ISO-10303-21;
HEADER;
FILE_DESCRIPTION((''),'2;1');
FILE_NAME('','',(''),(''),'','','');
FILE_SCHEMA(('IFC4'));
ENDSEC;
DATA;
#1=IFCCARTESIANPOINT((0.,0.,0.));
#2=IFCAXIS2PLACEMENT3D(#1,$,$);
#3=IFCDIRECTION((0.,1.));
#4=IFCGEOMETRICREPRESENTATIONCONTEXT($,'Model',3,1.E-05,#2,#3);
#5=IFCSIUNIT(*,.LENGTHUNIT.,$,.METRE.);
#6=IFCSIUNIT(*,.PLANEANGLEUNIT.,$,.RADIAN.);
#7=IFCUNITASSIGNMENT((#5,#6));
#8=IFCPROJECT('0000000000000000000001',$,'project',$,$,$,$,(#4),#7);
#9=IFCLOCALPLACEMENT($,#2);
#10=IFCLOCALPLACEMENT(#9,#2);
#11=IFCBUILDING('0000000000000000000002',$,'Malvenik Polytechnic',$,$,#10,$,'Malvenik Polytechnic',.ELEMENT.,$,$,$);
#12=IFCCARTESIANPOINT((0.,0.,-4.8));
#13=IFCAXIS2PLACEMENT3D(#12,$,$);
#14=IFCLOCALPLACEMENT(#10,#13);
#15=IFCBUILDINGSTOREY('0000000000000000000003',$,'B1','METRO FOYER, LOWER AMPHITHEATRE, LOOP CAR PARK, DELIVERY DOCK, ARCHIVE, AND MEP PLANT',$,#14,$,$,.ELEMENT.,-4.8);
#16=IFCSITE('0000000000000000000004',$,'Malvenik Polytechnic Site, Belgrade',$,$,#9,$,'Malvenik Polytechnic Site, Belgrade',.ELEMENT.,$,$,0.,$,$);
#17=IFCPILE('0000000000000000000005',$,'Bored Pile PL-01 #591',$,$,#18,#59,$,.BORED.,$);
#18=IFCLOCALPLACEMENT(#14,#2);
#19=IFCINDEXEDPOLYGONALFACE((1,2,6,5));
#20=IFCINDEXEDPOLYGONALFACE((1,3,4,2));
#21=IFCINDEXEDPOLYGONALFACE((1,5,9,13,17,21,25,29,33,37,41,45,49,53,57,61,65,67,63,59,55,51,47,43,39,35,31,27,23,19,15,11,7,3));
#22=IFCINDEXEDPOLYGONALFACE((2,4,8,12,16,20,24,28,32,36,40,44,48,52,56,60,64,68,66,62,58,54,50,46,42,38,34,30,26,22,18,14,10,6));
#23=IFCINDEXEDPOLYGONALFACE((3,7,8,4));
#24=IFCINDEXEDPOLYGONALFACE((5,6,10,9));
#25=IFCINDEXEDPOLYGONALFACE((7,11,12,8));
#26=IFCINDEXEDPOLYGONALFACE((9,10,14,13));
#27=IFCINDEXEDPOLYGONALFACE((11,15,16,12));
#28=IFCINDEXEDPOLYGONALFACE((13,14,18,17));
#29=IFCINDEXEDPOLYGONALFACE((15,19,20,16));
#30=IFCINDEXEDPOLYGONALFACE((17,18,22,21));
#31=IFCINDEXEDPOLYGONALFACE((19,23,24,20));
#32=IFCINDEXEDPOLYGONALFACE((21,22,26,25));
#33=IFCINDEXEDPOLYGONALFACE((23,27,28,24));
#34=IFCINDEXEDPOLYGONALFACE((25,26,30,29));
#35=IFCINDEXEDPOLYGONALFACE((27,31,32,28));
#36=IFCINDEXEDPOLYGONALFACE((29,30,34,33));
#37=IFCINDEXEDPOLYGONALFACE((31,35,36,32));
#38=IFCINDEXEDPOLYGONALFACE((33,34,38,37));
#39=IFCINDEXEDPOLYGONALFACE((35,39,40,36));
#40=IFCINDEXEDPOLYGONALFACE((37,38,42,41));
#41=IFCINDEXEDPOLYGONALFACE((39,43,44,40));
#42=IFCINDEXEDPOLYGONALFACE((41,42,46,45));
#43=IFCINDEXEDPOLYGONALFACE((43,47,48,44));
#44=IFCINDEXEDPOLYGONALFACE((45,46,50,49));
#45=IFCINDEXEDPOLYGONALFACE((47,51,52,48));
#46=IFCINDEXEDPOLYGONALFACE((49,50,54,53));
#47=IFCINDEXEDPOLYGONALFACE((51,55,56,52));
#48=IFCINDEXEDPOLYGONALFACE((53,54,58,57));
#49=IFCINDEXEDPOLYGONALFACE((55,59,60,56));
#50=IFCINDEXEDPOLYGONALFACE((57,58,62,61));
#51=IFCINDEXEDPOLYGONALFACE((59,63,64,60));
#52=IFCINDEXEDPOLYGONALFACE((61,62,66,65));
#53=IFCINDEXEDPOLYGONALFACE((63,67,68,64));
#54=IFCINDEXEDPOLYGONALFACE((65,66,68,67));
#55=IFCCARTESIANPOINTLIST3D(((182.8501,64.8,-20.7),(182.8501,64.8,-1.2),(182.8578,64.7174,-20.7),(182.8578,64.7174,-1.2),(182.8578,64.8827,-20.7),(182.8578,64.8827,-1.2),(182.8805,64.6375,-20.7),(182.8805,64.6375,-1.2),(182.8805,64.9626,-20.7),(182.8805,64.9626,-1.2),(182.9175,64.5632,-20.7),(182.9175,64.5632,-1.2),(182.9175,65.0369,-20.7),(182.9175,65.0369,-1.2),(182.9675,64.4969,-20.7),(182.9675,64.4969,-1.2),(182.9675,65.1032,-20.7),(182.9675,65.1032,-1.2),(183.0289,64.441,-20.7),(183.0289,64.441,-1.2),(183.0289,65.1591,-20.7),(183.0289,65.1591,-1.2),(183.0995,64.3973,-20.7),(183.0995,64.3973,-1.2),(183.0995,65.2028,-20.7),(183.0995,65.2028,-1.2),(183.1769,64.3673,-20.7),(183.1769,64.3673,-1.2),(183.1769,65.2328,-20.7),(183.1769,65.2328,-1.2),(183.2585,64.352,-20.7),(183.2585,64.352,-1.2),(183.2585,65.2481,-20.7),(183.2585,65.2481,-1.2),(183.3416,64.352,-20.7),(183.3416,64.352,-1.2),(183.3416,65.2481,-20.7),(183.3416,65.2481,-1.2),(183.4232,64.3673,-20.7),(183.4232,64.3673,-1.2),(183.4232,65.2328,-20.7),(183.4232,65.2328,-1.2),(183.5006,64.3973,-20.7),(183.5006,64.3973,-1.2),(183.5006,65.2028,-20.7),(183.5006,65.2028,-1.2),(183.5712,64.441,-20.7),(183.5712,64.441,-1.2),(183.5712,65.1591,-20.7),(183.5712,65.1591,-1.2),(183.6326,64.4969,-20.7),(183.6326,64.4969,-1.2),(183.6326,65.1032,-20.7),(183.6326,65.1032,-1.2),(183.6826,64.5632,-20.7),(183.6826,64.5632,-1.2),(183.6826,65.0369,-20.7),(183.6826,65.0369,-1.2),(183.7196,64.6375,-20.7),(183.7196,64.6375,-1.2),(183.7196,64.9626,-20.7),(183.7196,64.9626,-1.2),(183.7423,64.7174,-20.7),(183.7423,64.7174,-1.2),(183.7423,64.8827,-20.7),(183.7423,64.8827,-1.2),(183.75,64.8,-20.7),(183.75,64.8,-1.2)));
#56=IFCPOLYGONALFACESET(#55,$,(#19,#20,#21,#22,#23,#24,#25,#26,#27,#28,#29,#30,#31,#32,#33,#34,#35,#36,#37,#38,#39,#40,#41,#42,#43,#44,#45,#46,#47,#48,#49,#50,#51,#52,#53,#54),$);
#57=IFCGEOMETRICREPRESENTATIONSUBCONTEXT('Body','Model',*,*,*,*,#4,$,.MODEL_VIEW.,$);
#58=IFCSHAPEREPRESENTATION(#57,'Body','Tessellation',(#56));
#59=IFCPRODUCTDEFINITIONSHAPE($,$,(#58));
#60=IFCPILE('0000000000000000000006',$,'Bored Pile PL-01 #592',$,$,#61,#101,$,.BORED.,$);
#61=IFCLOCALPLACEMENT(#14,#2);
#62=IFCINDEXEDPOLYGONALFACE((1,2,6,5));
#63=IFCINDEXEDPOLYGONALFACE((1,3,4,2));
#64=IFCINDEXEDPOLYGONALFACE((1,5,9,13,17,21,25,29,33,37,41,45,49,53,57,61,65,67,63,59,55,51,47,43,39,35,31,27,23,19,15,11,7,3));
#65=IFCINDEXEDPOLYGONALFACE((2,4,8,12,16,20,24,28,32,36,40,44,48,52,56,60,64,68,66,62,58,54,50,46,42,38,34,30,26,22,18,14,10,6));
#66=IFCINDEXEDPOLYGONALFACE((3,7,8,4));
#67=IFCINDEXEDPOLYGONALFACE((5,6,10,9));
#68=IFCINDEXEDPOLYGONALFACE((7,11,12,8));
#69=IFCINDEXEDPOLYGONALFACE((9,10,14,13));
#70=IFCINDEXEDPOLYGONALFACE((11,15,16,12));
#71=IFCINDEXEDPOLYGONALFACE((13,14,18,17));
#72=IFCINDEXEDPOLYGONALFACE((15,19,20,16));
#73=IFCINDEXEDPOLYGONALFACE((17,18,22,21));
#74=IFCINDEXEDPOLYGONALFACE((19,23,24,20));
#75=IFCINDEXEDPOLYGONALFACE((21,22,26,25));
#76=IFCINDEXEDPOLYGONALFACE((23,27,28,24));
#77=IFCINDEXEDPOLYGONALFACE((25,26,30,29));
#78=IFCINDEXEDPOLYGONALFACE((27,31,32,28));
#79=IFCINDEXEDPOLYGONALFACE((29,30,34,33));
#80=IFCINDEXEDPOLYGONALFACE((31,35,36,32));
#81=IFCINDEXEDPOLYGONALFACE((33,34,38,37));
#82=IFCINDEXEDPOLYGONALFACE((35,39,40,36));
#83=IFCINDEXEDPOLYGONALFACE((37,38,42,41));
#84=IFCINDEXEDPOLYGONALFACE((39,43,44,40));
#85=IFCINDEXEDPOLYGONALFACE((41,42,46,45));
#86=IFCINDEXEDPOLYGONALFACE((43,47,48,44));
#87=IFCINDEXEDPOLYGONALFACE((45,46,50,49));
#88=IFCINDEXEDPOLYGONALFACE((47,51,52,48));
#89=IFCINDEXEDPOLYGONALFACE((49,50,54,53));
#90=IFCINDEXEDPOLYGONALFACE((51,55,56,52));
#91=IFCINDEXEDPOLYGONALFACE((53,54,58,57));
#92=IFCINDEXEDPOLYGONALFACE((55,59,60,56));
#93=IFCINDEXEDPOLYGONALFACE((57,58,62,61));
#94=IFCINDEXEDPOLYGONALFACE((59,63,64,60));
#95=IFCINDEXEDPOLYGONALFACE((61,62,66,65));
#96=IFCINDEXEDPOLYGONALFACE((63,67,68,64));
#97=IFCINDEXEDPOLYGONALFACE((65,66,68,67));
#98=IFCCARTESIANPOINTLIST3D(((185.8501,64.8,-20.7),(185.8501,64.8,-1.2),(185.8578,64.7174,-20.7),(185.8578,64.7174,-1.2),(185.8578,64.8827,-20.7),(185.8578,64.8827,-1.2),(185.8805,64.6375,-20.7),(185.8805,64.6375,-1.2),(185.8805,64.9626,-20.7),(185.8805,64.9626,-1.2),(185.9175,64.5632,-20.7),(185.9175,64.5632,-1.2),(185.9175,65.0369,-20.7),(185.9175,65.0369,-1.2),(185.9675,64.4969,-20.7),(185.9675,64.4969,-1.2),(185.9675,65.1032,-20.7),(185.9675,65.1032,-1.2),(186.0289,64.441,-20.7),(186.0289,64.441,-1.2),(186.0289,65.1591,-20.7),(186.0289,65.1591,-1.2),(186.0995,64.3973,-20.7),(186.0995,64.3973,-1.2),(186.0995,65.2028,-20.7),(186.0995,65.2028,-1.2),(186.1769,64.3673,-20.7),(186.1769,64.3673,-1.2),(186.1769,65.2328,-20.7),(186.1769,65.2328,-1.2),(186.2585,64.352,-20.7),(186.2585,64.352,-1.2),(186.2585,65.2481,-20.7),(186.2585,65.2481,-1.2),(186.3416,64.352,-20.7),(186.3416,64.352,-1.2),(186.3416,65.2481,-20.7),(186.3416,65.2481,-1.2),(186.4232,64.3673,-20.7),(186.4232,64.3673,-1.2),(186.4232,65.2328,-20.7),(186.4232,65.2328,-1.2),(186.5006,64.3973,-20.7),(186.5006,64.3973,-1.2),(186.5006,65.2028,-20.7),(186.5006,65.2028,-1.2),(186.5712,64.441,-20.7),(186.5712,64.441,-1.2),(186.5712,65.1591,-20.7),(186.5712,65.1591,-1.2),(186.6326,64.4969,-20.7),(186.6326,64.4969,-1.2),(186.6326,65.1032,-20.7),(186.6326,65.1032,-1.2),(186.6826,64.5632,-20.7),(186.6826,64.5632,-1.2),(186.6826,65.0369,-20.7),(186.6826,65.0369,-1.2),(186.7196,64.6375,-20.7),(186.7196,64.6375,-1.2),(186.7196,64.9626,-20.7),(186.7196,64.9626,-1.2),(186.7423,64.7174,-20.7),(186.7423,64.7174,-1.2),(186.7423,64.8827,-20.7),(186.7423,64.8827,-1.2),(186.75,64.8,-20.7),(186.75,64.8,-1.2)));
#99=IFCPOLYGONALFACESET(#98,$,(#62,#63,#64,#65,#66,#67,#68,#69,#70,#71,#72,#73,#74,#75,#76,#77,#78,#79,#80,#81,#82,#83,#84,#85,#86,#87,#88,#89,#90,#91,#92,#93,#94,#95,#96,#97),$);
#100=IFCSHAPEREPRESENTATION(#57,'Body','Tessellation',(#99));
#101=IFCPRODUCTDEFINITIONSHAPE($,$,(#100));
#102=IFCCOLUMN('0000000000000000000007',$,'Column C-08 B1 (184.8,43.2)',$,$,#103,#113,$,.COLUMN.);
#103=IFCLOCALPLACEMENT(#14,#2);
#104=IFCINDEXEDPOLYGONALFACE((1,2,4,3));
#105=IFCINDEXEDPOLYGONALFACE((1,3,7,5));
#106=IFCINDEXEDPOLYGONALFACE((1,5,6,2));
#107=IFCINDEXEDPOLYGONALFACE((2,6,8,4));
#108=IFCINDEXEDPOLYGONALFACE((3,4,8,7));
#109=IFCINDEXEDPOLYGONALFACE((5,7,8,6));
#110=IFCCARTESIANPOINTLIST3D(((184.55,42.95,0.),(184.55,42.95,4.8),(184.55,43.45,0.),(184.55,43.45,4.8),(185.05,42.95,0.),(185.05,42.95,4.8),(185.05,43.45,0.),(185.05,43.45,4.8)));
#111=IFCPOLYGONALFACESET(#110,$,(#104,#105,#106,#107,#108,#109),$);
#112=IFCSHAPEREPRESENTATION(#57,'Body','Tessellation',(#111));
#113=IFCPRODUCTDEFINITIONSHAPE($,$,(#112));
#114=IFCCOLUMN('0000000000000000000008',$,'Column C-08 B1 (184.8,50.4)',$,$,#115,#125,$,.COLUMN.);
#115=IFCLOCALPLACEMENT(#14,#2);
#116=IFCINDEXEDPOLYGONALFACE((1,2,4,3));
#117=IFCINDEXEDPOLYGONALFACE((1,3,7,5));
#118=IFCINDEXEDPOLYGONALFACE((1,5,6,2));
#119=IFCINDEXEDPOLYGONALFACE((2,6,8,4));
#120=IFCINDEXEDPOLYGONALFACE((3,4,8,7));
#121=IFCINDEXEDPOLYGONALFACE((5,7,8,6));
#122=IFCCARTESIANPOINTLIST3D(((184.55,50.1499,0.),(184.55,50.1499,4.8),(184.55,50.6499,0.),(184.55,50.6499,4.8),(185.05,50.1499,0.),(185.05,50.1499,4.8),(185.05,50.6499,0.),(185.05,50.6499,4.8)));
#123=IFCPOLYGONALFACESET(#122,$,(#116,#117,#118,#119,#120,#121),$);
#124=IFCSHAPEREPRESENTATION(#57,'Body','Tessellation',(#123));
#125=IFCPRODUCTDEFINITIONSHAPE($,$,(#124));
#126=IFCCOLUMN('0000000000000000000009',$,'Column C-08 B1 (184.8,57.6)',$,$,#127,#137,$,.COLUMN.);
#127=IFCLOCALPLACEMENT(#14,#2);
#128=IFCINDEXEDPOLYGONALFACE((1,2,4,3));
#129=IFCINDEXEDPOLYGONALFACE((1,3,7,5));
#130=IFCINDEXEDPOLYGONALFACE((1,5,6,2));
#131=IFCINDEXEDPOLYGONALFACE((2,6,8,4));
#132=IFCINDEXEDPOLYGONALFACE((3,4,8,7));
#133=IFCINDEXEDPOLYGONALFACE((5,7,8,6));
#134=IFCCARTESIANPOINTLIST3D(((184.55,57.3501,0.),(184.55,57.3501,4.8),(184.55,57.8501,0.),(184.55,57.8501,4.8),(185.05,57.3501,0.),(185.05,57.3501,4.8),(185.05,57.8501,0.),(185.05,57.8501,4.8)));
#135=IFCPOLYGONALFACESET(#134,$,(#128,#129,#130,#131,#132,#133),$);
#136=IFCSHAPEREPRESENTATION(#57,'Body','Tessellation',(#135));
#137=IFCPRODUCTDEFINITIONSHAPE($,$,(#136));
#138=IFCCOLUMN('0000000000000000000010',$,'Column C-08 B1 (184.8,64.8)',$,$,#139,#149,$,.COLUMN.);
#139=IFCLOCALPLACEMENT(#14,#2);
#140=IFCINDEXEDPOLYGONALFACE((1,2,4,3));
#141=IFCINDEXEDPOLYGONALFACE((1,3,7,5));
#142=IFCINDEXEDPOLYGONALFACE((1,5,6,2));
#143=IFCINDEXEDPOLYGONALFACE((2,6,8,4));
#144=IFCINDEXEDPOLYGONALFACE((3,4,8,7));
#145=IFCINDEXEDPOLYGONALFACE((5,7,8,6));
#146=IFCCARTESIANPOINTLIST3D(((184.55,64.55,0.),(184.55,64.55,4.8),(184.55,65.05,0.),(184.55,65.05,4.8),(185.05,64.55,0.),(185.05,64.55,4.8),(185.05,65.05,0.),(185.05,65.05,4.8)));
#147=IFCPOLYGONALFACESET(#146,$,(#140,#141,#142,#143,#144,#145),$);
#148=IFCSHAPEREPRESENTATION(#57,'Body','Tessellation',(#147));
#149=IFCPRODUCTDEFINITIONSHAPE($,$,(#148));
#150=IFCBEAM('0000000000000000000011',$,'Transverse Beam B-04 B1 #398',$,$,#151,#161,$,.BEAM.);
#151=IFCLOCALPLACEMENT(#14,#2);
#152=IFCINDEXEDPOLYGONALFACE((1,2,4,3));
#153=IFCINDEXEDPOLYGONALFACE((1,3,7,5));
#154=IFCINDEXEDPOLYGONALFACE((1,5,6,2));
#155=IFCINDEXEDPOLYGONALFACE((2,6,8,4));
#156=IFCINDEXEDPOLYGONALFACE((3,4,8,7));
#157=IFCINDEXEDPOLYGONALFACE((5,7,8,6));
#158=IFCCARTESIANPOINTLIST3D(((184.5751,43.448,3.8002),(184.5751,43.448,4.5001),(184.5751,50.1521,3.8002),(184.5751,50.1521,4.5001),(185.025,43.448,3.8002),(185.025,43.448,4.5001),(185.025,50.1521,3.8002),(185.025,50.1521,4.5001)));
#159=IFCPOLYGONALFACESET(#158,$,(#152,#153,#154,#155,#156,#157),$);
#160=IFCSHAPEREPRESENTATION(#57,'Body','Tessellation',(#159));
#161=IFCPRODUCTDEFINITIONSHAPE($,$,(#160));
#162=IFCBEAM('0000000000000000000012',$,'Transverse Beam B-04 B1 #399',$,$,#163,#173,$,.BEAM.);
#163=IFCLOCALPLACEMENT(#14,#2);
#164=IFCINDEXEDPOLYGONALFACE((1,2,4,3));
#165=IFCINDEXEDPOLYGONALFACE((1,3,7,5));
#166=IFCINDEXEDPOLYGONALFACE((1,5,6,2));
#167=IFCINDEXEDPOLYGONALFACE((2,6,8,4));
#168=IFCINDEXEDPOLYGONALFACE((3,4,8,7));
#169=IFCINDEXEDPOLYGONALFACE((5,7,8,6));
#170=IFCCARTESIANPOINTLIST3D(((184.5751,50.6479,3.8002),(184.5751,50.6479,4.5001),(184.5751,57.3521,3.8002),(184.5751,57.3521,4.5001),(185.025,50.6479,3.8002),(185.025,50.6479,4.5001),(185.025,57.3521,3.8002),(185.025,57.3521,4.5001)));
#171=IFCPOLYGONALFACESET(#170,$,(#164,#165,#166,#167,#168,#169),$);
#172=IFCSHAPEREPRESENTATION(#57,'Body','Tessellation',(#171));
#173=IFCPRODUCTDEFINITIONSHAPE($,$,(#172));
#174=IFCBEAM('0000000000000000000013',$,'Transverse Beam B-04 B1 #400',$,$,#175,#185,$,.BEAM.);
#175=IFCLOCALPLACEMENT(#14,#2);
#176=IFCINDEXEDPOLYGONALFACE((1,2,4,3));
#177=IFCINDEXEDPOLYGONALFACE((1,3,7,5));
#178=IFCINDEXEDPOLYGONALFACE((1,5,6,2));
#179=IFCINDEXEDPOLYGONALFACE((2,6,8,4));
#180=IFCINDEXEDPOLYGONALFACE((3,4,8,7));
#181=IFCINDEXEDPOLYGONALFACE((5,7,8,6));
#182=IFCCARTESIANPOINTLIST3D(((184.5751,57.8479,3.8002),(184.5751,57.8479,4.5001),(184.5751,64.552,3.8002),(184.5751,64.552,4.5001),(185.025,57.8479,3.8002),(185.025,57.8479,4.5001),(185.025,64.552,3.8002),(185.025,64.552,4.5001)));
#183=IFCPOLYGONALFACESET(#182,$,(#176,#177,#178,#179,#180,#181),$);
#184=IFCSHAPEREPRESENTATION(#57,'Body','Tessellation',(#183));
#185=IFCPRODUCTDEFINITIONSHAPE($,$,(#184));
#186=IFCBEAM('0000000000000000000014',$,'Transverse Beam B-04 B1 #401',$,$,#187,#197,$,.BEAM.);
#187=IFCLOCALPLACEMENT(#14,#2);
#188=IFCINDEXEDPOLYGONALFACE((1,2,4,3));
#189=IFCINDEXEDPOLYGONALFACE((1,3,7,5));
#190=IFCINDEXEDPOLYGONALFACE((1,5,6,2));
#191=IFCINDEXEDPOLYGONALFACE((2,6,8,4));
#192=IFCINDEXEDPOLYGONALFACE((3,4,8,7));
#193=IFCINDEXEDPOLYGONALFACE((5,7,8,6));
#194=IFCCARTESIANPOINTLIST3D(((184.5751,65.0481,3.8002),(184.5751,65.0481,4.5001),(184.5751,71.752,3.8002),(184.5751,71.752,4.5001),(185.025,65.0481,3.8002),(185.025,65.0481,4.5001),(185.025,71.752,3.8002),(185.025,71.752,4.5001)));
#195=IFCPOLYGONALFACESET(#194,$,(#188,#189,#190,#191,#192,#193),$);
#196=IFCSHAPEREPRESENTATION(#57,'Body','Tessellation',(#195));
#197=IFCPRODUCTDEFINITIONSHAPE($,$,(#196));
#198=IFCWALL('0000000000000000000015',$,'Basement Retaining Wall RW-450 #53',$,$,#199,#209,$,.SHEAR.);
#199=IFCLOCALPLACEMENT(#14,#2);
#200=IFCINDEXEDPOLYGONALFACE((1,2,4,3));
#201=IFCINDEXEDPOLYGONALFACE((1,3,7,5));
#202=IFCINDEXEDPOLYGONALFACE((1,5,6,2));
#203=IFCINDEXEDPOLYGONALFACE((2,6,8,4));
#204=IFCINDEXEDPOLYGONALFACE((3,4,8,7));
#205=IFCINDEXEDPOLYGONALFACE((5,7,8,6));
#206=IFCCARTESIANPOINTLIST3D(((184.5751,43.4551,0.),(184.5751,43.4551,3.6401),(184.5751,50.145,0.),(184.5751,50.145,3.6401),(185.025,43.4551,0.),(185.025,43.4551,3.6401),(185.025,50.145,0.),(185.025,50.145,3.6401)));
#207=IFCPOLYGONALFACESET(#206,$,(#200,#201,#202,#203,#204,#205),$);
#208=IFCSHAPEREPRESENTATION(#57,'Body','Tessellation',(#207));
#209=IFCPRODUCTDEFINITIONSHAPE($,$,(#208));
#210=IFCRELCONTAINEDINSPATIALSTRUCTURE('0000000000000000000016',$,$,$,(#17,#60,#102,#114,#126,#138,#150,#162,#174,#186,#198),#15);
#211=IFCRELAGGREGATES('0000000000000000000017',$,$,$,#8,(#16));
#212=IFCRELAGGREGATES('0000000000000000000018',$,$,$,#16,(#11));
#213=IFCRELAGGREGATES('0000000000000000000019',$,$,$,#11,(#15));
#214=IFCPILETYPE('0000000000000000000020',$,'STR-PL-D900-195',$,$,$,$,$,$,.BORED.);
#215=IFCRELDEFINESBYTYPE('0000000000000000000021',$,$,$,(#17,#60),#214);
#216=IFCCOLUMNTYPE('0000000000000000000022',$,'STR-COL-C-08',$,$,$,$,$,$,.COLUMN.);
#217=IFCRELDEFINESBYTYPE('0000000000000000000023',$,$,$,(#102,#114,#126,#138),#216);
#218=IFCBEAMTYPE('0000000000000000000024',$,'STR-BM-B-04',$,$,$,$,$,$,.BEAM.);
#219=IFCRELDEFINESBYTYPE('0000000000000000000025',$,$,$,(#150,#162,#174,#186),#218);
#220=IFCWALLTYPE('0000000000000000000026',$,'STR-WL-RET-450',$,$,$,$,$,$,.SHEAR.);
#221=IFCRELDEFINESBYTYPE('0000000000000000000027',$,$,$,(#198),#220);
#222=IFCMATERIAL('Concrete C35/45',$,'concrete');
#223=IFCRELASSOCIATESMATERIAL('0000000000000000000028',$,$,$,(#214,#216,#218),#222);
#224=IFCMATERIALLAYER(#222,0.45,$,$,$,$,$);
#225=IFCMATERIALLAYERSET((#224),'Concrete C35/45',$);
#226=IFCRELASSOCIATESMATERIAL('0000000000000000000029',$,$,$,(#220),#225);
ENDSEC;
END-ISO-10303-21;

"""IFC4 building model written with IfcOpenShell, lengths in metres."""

from ifc_helpers import new_model, si_unit, direction, frame, frame_2d, origin, origin_2d, place, context, subcontext, project, spatial, rectangle, circle, extrude, material, layer, layer_set, material_profile, profile_set, type_object, element, save


model = new_model("IFC4")

# Units and contexts
model_context = context("Model", 3, precision=1e-05, world=origin(), true_north=direction((0.0, 1.0)))
body_context = subcontext(model_context, "Body", "Model", "MODEL_VIEW")
ifc_project = project(units=[si_unit("LENGTHUNIT", "METRE"), si_unit("PLANEANGLEUNIT", "RADIAN")], contexts=[model_context])

# Site, building, storey
site_placement = place(None, origin())
site = spatial("IfcSite", under=ifc_project, at=site_placement, Name="Malvenik Polytechnic Site, Belgrade", LongName="Malvenik Polytechnic Site, Belgrade", CompositionType="ELEMENT", RefElevation=0.0)
building_placement = place(site_placement, origin())
building = spatial("IfcBuilding", under=site, at=building_placement, Name="Malvenik Polytechnic", LongName="Malvenik Polytechnic", CompositionType="ELEMENT")
storey_placement = place(building_placement, frame((0.0, 0.0, -4.8)))
storey = spatial("IfcBuildingStorey", under=building, at=storey_placement, Name="B1", Description="METRO FOYER, LOWER AMPHITHEATRE, LOOP CAR PARK, DELIVERY DOCK, ARCHIVE, AND MEP PLANT", CompositionType="ELEMENT", Elevation=-4.8)

# Shared definitions
ifc_material = material(Name="Concrete C35/45", Category="concrete")

# Piles
ifc_material_profile_1 = material_profile(ifc_material, circle(Radius=0.45, at=origin_2d()), Name="BORED PILE D900")
ifc_profile_set_1 = profile_set([ifc_material_profile_1], Name="Concrete C35/45")
pile_type_1 = type_object("IfcPileType", Name="STR-PL-D900-195", PredefinedType="BORED", material=ifc_profile_set_1)
for number, where, z_axis, x_axis, name in (
    (1, (183.3, 64.8, -1.2), (0.0, 0.0, -1.0), (1.0, 0.0, 0.0), "Bored Pile PL-01 #591"),
    (2, (186.3, 64.8, -1.2), (0.0, 0.0, -1.0), (1.0, 0.0, 0.0), "Bored Pile PL-01 #592"),
):
    element("IfcPile", number, at=place(storey_placement, frame(where, z_axis=z_axis, x_axis=x_axis)), inside=storey, type_object=pile_type_1, Name=name, PredefinedType="BORED", context=body_context, shape_type="SweptSolid", body=[
        extrude(circle(Radius=0.45, at=origin_2d()), origin(), (0.0, 0.0, 1.0), 19.5),
    ])

# Columns
ifc_material_profile_2 = material_profile(ifc_material, rectangle(XDim=0.5, YDim=0.5, at=origin_2d()), Name="RC COL 500x500")
ifc_profile_set_2 = profile_set([ifc_material_profile_2], Name="Concrete C35/45")
column_type = type_object("IfcColumnType", Name="STR-COL-C-08", PredefinedType="COLUMN", material=ifc_profile_set_2)
for number, where, z_axis, x_axis, name in (
    (3, (184.8, 43.2, 0.0), (0.0, 0.0, 1.0), (1.0, 0.0, 0.0), "Column C-08 B1 (184.8,43.2)"),
    (4, (184.8, 50.3999, 0.0), (0.0, 0.0, 1.0), (1.0, 0.0, 0.0), "Column C-08 B1 (184.8,50.4)"),
    (5, (184.8, 57.6001, 0.0), (0.0, 0.0, 1.0), (1.0, 0.0, 0.0), "Column C-08 B1 (184.8,57.6)"),
    (6, (184.8, 64.8, 0.0), (0.0, 0.0, 1.0), (1.0, 0.0, 0.0), "Column C-08 B1 (184.8,64.8)"),
):
    element("IfcColumn", number, at=place(storey_placement, frame(where, z_axis=z_axis, x_axis=x_axis)), inside=storey, type_object=column_type, Name=name, PredefinedType="COLUMN", context=body_context, shape_type="SweptSolid", body=[
        extrude(rectangle(XDim=0.5, YDim=0.5, at=origin_2d()), origin(), (0.0, 0.0, 1.0), 4.8),
    ])

# Beams
ifc_material_profile_3 = material_profile(ifc_material, rectangle(XDim=0.45, YDim=0.7, at=origin_2d()), Name="RC BM 450x700")
ifc_profile_set_3 = profile_set([ifc_material_profile_3], Name="Concrete C35/45")
beam_type = type_object("IfcBeamType", Name="STR-BM-B-04", PredefinedType="BEAM", material=ifc_profile_set_3)
for number, where, z_axis, x_axis, name in (
    (7, (184.8, 43.448, 4.1501), (0.0, 1.0, 0.0), (-1.0, 0.0, 0.0), "Transverse Beam B-04 B1 #398"),
    (8, (184.8, 50.6479, 4.1501), (0.0, 1.0, 0.0), (-1.0, 0.0, 0.0), "Transverse Beam B-04 B1 #399"),
    (9, (184.8, 57.8479, 4.1501), (0.0, 1.0, 0.0), (-1.0, 0.0, 0.0), "Transverse Beam B-04 B1 #400"),
):
    element("IfcBeam", number, at=place(storey_placement, frame(where, z_axis=z_axis, x_axis=x_axis)), inside=storey, type_object=beam_type, Name=name, PredefinedType="BEAM", context=body_context, shape_type="SweptSolid", body=[
        extrude(rectangle(XDim=0.45, YDim=0.7, at=origin_2d()), origin(), (0.0, 0.0, 1.0), 6.7041),
    ])
beam_placement = place(storey_placement, frame((184.8, 65.0481, 4.1501), z_axis=(0.0, 1.0, 0.0), x_axis=(-1.0, 0.0, 0.0)))
element("IfcBeam", 10, at=beam_placement, inside=storey, type_object=beam_type, Name="Transverse Beam B-04 B1 #401", PredefinedType="BEAM", context=body_context, shape_type="SweptSolid", body=[
    extrude(rectangle(XDim=0.45, YDim=0.7, at=origin_2d()), origin(), (0.0, 0.0, 1.0), 6.7039),
])

# Wall
ifc_layer = layer(ifc_material, 0.45)
ifc_layer_set = layer_set([ifc_layer], Name="Concrete C35/45")
wall_type = type_object("IfcWallType", Name="STR-WL-RET-450", PredefinedType="SHEAR", material=ifc_layer_set)
for number, where, z_axis, x_axis, name in (
    (11, (184.8, 43.4551, 0.0), (0.0, 0.0, 1.0), (0.0, 1.0, 0.0), "Basement Retaining Wall RW-450 #53"),
):
    element("IfcWall", number, at=place(storey_placement, frame(where, z_axis=z_axis, x_axis=x_axis)), inside=storey, type_object=wall_type, Name=name, PredefinedType="SHEAR", context=body_context, shape_type="SweptSolid", body=[
        extrude(rectangle(XDim=6.6899, YDim=0.45, at=frame_2d((3.345, 0.0))), origin(), (0.0, 0.0, 1.0), 3.6401),
    ])

save(model, "model.ifc")
